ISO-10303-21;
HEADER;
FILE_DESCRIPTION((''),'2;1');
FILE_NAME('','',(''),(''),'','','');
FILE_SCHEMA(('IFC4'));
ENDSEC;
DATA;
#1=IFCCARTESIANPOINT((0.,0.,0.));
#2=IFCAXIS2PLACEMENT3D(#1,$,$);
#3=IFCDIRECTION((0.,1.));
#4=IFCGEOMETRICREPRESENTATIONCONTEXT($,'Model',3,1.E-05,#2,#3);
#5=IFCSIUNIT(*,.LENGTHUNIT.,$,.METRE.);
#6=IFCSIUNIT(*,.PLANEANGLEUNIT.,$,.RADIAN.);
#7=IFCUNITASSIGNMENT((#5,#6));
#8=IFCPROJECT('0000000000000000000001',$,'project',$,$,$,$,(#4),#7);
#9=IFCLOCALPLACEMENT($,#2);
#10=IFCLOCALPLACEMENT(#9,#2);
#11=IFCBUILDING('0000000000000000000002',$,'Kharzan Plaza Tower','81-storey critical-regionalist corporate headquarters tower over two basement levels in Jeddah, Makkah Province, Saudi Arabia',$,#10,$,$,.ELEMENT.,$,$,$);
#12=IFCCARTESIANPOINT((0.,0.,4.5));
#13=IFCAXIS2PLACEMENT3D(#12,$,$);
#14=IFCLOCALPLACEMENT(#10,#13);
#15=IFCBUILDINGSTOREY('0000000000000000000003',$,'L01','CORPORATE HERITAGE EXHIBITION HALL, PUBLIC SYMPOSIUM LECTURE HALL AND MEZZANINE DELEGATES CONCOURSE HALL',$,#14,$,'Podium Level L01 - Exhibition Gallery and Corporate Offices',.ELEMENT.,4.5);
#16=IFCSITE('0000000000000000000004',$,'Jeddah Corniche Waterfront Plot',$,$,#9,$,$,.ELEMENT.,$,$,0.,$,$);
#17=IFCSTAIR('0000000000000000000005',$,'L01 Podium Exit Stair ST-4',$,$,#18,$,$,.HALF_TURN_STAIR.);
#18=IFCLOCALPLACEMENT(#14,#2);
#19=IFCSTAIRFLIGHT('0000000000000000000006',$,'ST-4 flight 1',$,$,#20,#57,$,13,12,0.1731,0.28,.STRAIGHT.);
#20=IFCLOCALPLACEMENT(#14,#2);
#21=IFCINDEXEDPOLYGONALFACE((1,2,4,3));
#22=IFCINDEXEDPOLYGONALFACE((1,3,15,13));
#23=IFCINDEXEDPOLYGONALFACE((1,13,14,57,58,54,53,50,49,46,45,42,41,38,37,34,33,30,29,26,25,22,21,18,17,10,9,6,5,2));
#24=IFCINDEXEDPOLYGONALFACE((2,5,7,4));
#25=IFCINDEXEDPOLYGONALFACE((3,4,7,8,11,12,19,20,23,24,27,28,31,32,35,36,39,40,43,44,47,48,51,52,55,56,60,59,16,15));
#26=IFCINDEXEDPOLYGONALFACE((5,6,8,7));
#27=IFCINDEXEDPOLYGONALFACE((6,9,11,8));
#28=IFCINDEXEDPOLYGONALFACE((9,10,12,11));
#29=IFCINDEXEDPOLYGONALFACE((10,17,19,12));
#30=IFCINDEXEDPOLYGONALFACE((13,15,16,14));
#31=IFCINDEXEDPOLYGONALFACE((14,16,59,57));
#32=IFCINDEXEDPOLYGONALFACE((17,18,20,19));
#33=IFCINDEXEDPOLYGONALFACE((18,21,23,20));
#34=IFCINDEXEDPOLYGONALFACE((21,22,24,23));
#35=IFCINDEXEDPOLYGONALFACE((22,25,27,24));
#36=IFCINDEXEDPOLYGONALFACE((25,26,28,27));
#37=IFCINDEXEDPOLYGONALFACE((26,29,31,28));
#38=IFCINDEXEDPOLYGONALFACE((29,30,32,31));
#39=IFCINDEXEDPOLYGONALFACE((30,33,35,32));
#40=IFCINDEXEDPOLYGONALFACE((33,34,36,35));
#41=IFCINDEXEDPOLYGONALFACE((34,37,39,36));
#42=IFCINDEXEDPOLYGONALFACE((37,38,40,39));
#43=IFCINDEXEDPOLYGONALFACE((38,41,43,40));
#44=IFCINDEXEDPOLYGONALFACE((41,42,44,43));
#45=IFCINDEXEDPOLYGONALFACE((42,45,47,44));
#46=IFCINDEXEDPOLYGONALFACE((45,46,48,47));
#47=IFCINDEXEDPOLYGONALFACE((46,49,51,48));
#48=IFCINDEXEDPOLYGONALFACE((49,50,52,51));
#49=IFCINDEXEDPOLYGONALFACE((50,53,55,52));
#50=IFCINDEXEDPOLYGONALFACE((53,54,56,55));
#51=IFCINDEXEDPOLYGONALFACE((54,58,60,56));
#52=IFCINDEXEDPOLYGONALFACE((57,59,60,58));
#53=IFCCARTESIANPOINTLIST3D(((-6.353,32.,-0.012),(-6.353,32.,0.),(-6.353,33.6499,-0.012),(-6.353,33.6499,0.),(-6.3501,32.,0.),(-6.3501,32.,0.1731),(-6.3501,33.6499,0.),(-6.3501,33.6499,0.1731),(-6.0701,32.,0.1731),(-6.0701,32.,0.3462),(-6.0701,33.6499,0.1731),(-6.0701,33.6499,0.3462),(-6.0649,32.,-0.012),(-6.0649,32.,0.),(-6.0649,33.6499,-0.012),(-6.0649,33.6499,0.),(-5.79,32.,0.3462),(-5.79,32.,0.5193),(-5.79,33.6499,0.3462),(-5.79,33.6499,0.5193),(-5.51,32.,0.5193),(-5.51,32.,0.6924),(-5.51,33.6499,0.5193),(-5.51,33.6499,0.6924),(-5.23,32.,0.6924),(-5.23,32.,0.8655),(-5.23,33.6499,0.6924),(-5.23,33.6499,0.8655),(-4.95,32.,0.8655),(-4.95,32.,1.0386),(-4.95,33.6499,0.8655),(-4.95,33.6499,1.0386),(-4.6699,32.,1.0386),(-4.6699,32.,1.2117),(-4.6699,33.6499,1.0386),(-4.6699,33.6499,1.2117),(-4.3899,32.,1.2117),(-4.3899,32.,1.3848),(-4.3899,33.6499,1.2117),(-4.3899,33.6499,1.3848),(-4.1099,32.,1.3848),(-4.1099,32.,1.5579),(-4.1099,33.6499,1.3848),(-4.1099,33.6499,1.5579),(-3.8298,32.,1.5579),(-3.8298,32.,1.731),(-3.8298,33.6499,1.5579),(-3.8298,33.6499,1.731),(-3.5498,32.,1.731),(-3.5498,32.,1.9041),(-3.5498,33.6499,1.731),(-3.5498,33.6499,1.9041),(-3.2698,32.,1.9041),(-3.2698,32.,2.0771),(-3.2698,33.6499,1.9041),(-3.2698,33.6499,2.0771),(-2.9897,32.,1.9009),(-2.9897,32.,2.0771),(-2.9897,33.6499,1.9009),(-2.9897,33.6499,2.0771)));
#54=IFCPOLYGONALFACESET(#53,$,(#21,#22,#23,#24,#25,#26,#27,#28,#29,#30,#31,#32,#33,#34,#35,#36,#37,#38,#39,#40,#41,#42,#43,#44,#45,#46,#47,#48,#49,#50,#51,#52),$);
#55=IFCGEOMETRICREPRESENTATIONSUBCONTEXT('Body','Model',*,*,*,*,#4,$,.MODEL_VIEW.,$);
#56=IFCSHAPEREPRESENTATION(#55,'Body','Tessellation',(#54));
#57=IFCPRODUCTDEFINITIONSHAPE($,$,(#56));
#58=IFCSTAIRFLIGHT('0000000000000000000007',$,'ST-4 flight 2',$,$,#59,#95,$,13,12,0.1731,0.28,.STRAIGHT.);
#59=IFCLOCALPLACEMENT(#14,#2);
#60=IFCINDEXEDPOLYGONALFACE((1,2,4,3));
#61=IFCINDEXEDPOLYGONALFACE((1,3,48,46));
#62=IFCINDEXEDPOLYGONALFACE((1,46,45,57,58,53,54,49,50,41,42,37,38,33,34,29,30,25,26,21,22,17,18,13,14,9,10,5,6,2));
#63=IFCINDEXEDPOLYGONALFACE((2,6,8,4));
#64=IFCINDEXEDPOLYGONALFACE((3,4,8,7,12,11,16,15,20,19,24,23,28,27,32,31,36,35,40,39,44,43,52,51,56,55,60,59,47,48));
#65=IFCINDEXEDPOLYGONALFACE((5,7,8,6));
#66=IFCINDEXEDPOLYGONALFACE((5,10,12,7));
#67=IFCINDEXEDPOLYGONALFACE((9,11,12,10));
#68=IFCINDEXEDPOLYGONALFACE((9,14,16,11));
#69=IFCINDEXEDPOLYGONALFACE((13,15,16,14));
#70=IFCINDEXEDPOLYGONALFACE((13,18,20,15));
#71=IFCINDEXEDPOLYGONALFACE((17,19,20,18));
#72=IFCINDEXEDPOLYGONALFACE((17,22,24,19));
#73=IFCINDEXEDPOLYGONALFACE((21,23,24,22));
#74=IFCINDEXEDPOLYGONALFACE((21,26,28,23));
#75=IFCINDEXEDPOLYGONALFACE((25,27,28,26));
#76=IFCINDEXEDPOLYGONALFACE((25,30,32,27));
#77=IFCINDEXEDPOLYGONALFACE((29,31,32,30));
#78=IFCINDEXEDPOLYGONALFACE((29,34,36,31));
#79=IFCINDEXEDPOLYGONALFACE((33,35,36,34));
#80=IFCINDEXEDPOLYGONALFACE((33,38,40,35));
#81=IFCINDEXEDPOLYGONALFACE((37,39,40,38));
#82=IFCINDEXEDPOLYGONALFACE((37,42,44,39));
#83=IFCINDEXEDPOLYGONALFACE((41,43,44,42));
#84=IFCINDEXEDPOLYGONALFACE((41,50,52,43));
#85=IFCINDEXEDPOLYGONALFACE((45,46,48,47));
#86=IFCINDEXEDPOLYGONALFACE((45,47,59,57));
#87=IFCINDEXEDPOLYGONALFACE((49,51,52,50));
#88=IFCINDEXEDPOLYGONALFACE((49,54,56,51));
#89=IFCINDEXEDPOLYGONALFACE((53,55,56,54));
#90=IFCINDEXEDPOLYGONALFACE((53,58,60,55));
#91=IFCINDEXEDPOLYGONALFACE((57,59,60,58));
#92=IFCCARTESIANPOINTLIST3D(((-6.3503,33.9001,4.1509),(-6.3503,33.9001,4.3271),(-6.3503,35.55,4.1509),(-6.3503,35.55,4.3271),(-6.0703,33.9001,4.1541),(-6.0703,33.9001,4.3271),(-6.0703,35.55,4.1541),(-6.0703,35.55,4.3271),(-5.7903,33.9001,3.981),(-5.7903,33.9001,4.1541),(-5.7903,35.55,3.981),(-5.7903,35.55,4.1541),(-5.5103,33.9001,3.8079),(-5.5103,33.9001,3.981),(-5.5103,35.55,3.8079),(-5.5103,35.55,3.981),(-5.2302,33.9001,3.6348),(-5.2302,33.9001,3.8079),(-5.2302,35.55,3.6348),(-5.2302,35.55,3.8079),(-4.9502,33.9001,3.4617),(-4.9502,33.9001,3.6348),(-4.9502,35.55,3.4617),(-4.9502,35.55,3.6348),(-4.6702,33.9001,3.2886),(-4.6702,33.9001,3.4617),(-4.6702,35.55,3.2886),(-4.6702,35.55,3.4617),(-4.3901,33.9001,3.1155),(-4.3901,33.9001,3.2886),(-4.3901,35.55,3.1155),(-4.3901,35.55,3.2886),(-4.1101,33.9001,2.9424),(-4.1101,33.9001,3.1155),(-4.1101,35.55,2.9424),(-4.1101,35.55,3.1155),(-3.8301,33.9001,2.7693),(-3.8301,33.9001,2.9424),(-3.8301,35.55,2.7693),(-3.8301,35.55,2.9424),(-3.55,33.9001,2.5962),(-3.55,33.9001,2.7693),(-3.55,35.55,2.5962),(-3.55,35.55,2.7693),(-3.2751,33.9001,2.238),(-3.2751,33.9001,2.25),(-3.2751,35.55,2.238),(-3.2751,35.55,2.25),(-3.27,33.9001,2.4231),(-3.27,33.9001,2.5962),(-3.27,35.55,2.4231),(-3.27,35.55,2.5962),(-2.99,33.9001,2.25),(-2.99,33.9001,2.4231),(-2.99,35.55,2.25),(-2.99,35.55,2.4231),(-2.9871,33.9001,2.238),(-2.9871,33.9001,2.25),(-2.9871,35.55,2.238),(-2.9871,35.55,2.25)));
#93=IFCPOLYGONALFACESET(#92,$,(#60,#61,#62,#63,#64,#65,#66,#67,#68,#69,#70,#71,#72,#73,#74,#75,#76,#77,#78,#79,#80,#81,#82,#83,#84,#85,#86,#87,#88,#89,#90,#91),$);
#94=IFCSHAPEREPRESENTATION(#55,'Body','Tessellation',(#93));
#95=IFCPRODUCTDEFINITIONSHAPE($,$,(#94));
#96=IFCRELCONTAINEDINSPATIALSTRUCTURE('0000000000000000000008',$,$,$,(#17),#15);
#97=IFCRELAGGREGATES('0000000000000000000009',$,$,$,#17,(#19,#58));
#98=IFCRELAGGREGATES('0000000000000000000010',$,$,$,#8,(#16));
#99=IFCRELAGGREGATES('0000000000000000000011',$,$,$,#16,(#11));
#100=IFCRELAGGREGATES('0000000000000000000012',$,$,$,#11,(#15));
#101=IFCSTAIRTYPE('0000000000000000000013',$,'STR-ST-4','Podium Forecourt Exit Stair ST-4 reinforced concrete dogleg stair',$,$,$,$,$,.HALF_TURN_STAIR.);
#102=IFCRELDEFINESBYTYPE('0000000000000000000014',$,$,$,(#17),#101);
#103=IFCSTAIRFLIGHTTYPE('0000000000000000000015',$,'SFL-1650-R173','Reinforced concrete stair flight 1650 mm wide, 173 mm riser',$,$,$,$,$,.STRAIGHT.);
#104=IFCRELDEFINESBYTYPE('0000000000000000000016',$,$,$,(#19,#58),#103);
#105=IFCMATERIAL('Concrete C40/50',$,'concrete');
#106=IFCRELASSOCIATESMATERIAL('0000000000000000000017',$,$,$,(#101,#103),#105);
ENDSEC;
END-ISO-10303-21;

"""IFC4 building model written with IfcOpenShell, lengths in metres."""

from ifc_helpers import new_model, si_unit, direction, frame, origin, place, context, subcontext, project, spatial, polyline, outline, extrude, source, transform, mapped, material, type_object, element, aggregate, save


model = new_model("IFC4")

# Units and contexts
model_context = context("Model", 3, precision=1e-05, world=origin(), true_north=direction((0.0, 1.0)))
body_context = subcontext(model_context, "Body", "Model", "MODEL_VIEW")
ifc_project = project(units=[si_unit("LENGTHUNIT", "METRE"), si_unit("PLANEANGLEUNIT", "RADIAN")], contexts=[model_context])

# Site, building, storey
site_placement = place(None, origin())
site = spatial("IfcSite", under=ifc_project, at=site_placement, Name="Jeddah Corniche Waterfront Plot", CompositionType="ELEMENT", RefElevation=0.0)
building_placement = place(site_placement, origin())
building = spatial("IfcBuilding", under=site, at=building_placement, Name="Kharzan Plaza Tower", Description="81-storey critical-regionalist corporate headquarters tower over two basement levels in Jeddah, Makkah Province, Saudi Arabia", CompositionType="ELEMENT")
storey_placement = place(building_placement, frame((0.0, 0.0, 4.5)))
storey = spatial("IfcBuildingStorey", under=building, at=storey_placement, Name="L01", Description="CORPORATE HERITAGE EXHIBITION HALL, PUBLIC SYMPOSIUM LECTURE HALL AND MEZZANINE DELEGATES CONCOURSE HALL", LongName="Podium Level L01 - Exhibition Gallery and Corporate Offices", CompositionType="ELEMENT", Elevation=4.5)

# Stair, stair flights
ifc_material_1 = material(Name="Concrete C40/50", Category="concrete")
stair_type = type_object("IfcStairType", Name="STR-ST-4", Description="Podium Forecourt Exit Stair ST-4 reinforced concrete dogleg stair", PredefinedType="HALF_TURN_STAIR", material=ifc_material_1)
stair_placement = place(storey_placement, origin())
stair = element("IfcStair", 1, at=stair_placement, inside=storey, type_object=stair_type, Name="L01 Podium Exit Stair ST-4", PredefinedType="HALF_TURN_STAIR")
stair_flight_type = type_object("IfcStairFlightType", Name="SFL-1650-R173", Description="Reinforced concrete stair flight 1650 mm wide, 173 mm riser", PredefinedType="STRAIGHT", material=ifc_material_1)
shared_shape_1 = source(origin(), body_context, "Body", "SweptSolid", [
    extrude(outline(polyline([(-0.0029, -0.012), (-0.0029, 0.0), (0.0, 0.0), (0.0, 0.1731), (0.28, 0.1731), (0.28, 0.3462), (0.5601, 0.3462), (0.5601, 0.5193), (0.8401, 0.5193), (0.8401, 0.6924), (1.1201, 0.6924), (1.1201, 0.8655), (1.4001, 0.8655), (1.4001, 1.0386), (1.6802, 1.0386), (1.6802, 1.2117), (1.9602, 1.2117), (1.9602, 1.3848), (2.2402, 1.3848), (2.2402, 1.5579), (2.5203, 1.5579), (2.5203, 1.731), (2.8003, 1.731), (2.8003, 1.9041), (3.0803, 1.9041), (3.0803, 2.0771), (3.3604, 2.0771), (3.3604, 2.2502), (3.3604, 1.9009), (0.2852, 0.0), (0.2852, -0.012), (-0.0029, -0.012)])), frame((0.0, 0.825, 0.0), z_axis=(0.0, -1.0, 0.0), x_axis=(1.0, 0.0, 0.0)), (0.0, 0.0, 1.0), 1.6499),
])
stair_flight_1_placement = place(storey_placement, frame((-6.3501, 32.825, 0.0), z_axis=(0.0, 0.0, 1.0), x_axis=(1.0, 0.0, 0.0)))
stair_flight_1 = element("IfcStairFlight", 2, at=stair_flight_1_placement, type_object=stair_flight_type, Name="ST-4 flight 1", NumberOfRisers=13, NumberOfTreads=12, PredefinedType="STRAIGHT", RiserHeight=0.1731, TreadLength=0.28, context=body_context, shape_type="MappedRepresentation", body=[
    mapped(shared_shape_1, transform((0.0, 0.0, 0.0), x_axis=(1.0, 0.0, 0.0), y_axis=(0.0, 1.0, 0.0), z_axis=(0.0, 0.0, 1.0))),
])
stair_flight_2_placement = place(storey_placement, frame((-2.99, 34.7251, 2.25), z_axis=(0.0, 0.0, 1.0), x_axis=(-1.0, 0.0, 0.0)))
stair_flight_2 = element("IfcStairFlight", 3, at=stair_flight_2_placement, type_object=stair_flight_type, Name="ST-4 flight 2", NumberOfRisers=13, NumberOfTreads=12, PredefinedType="STRAIGHT", RiserHeight=0.1731, TreadLength=0.28, context=body_context, shape_type="MappedRepresentation", body=[
    mapped(shared_shape_1, transform((0.0, 0.0, 0.0), x_axis=(1.0, 0.0, 0.0), y_axis=(0.0, 1.0, 0.0), z_axis=(0.0, 0.0, 1.0))),
])
aggregate(stair, [stair_flight_1, stair_flight_2])

save(model, "model.ifc")
